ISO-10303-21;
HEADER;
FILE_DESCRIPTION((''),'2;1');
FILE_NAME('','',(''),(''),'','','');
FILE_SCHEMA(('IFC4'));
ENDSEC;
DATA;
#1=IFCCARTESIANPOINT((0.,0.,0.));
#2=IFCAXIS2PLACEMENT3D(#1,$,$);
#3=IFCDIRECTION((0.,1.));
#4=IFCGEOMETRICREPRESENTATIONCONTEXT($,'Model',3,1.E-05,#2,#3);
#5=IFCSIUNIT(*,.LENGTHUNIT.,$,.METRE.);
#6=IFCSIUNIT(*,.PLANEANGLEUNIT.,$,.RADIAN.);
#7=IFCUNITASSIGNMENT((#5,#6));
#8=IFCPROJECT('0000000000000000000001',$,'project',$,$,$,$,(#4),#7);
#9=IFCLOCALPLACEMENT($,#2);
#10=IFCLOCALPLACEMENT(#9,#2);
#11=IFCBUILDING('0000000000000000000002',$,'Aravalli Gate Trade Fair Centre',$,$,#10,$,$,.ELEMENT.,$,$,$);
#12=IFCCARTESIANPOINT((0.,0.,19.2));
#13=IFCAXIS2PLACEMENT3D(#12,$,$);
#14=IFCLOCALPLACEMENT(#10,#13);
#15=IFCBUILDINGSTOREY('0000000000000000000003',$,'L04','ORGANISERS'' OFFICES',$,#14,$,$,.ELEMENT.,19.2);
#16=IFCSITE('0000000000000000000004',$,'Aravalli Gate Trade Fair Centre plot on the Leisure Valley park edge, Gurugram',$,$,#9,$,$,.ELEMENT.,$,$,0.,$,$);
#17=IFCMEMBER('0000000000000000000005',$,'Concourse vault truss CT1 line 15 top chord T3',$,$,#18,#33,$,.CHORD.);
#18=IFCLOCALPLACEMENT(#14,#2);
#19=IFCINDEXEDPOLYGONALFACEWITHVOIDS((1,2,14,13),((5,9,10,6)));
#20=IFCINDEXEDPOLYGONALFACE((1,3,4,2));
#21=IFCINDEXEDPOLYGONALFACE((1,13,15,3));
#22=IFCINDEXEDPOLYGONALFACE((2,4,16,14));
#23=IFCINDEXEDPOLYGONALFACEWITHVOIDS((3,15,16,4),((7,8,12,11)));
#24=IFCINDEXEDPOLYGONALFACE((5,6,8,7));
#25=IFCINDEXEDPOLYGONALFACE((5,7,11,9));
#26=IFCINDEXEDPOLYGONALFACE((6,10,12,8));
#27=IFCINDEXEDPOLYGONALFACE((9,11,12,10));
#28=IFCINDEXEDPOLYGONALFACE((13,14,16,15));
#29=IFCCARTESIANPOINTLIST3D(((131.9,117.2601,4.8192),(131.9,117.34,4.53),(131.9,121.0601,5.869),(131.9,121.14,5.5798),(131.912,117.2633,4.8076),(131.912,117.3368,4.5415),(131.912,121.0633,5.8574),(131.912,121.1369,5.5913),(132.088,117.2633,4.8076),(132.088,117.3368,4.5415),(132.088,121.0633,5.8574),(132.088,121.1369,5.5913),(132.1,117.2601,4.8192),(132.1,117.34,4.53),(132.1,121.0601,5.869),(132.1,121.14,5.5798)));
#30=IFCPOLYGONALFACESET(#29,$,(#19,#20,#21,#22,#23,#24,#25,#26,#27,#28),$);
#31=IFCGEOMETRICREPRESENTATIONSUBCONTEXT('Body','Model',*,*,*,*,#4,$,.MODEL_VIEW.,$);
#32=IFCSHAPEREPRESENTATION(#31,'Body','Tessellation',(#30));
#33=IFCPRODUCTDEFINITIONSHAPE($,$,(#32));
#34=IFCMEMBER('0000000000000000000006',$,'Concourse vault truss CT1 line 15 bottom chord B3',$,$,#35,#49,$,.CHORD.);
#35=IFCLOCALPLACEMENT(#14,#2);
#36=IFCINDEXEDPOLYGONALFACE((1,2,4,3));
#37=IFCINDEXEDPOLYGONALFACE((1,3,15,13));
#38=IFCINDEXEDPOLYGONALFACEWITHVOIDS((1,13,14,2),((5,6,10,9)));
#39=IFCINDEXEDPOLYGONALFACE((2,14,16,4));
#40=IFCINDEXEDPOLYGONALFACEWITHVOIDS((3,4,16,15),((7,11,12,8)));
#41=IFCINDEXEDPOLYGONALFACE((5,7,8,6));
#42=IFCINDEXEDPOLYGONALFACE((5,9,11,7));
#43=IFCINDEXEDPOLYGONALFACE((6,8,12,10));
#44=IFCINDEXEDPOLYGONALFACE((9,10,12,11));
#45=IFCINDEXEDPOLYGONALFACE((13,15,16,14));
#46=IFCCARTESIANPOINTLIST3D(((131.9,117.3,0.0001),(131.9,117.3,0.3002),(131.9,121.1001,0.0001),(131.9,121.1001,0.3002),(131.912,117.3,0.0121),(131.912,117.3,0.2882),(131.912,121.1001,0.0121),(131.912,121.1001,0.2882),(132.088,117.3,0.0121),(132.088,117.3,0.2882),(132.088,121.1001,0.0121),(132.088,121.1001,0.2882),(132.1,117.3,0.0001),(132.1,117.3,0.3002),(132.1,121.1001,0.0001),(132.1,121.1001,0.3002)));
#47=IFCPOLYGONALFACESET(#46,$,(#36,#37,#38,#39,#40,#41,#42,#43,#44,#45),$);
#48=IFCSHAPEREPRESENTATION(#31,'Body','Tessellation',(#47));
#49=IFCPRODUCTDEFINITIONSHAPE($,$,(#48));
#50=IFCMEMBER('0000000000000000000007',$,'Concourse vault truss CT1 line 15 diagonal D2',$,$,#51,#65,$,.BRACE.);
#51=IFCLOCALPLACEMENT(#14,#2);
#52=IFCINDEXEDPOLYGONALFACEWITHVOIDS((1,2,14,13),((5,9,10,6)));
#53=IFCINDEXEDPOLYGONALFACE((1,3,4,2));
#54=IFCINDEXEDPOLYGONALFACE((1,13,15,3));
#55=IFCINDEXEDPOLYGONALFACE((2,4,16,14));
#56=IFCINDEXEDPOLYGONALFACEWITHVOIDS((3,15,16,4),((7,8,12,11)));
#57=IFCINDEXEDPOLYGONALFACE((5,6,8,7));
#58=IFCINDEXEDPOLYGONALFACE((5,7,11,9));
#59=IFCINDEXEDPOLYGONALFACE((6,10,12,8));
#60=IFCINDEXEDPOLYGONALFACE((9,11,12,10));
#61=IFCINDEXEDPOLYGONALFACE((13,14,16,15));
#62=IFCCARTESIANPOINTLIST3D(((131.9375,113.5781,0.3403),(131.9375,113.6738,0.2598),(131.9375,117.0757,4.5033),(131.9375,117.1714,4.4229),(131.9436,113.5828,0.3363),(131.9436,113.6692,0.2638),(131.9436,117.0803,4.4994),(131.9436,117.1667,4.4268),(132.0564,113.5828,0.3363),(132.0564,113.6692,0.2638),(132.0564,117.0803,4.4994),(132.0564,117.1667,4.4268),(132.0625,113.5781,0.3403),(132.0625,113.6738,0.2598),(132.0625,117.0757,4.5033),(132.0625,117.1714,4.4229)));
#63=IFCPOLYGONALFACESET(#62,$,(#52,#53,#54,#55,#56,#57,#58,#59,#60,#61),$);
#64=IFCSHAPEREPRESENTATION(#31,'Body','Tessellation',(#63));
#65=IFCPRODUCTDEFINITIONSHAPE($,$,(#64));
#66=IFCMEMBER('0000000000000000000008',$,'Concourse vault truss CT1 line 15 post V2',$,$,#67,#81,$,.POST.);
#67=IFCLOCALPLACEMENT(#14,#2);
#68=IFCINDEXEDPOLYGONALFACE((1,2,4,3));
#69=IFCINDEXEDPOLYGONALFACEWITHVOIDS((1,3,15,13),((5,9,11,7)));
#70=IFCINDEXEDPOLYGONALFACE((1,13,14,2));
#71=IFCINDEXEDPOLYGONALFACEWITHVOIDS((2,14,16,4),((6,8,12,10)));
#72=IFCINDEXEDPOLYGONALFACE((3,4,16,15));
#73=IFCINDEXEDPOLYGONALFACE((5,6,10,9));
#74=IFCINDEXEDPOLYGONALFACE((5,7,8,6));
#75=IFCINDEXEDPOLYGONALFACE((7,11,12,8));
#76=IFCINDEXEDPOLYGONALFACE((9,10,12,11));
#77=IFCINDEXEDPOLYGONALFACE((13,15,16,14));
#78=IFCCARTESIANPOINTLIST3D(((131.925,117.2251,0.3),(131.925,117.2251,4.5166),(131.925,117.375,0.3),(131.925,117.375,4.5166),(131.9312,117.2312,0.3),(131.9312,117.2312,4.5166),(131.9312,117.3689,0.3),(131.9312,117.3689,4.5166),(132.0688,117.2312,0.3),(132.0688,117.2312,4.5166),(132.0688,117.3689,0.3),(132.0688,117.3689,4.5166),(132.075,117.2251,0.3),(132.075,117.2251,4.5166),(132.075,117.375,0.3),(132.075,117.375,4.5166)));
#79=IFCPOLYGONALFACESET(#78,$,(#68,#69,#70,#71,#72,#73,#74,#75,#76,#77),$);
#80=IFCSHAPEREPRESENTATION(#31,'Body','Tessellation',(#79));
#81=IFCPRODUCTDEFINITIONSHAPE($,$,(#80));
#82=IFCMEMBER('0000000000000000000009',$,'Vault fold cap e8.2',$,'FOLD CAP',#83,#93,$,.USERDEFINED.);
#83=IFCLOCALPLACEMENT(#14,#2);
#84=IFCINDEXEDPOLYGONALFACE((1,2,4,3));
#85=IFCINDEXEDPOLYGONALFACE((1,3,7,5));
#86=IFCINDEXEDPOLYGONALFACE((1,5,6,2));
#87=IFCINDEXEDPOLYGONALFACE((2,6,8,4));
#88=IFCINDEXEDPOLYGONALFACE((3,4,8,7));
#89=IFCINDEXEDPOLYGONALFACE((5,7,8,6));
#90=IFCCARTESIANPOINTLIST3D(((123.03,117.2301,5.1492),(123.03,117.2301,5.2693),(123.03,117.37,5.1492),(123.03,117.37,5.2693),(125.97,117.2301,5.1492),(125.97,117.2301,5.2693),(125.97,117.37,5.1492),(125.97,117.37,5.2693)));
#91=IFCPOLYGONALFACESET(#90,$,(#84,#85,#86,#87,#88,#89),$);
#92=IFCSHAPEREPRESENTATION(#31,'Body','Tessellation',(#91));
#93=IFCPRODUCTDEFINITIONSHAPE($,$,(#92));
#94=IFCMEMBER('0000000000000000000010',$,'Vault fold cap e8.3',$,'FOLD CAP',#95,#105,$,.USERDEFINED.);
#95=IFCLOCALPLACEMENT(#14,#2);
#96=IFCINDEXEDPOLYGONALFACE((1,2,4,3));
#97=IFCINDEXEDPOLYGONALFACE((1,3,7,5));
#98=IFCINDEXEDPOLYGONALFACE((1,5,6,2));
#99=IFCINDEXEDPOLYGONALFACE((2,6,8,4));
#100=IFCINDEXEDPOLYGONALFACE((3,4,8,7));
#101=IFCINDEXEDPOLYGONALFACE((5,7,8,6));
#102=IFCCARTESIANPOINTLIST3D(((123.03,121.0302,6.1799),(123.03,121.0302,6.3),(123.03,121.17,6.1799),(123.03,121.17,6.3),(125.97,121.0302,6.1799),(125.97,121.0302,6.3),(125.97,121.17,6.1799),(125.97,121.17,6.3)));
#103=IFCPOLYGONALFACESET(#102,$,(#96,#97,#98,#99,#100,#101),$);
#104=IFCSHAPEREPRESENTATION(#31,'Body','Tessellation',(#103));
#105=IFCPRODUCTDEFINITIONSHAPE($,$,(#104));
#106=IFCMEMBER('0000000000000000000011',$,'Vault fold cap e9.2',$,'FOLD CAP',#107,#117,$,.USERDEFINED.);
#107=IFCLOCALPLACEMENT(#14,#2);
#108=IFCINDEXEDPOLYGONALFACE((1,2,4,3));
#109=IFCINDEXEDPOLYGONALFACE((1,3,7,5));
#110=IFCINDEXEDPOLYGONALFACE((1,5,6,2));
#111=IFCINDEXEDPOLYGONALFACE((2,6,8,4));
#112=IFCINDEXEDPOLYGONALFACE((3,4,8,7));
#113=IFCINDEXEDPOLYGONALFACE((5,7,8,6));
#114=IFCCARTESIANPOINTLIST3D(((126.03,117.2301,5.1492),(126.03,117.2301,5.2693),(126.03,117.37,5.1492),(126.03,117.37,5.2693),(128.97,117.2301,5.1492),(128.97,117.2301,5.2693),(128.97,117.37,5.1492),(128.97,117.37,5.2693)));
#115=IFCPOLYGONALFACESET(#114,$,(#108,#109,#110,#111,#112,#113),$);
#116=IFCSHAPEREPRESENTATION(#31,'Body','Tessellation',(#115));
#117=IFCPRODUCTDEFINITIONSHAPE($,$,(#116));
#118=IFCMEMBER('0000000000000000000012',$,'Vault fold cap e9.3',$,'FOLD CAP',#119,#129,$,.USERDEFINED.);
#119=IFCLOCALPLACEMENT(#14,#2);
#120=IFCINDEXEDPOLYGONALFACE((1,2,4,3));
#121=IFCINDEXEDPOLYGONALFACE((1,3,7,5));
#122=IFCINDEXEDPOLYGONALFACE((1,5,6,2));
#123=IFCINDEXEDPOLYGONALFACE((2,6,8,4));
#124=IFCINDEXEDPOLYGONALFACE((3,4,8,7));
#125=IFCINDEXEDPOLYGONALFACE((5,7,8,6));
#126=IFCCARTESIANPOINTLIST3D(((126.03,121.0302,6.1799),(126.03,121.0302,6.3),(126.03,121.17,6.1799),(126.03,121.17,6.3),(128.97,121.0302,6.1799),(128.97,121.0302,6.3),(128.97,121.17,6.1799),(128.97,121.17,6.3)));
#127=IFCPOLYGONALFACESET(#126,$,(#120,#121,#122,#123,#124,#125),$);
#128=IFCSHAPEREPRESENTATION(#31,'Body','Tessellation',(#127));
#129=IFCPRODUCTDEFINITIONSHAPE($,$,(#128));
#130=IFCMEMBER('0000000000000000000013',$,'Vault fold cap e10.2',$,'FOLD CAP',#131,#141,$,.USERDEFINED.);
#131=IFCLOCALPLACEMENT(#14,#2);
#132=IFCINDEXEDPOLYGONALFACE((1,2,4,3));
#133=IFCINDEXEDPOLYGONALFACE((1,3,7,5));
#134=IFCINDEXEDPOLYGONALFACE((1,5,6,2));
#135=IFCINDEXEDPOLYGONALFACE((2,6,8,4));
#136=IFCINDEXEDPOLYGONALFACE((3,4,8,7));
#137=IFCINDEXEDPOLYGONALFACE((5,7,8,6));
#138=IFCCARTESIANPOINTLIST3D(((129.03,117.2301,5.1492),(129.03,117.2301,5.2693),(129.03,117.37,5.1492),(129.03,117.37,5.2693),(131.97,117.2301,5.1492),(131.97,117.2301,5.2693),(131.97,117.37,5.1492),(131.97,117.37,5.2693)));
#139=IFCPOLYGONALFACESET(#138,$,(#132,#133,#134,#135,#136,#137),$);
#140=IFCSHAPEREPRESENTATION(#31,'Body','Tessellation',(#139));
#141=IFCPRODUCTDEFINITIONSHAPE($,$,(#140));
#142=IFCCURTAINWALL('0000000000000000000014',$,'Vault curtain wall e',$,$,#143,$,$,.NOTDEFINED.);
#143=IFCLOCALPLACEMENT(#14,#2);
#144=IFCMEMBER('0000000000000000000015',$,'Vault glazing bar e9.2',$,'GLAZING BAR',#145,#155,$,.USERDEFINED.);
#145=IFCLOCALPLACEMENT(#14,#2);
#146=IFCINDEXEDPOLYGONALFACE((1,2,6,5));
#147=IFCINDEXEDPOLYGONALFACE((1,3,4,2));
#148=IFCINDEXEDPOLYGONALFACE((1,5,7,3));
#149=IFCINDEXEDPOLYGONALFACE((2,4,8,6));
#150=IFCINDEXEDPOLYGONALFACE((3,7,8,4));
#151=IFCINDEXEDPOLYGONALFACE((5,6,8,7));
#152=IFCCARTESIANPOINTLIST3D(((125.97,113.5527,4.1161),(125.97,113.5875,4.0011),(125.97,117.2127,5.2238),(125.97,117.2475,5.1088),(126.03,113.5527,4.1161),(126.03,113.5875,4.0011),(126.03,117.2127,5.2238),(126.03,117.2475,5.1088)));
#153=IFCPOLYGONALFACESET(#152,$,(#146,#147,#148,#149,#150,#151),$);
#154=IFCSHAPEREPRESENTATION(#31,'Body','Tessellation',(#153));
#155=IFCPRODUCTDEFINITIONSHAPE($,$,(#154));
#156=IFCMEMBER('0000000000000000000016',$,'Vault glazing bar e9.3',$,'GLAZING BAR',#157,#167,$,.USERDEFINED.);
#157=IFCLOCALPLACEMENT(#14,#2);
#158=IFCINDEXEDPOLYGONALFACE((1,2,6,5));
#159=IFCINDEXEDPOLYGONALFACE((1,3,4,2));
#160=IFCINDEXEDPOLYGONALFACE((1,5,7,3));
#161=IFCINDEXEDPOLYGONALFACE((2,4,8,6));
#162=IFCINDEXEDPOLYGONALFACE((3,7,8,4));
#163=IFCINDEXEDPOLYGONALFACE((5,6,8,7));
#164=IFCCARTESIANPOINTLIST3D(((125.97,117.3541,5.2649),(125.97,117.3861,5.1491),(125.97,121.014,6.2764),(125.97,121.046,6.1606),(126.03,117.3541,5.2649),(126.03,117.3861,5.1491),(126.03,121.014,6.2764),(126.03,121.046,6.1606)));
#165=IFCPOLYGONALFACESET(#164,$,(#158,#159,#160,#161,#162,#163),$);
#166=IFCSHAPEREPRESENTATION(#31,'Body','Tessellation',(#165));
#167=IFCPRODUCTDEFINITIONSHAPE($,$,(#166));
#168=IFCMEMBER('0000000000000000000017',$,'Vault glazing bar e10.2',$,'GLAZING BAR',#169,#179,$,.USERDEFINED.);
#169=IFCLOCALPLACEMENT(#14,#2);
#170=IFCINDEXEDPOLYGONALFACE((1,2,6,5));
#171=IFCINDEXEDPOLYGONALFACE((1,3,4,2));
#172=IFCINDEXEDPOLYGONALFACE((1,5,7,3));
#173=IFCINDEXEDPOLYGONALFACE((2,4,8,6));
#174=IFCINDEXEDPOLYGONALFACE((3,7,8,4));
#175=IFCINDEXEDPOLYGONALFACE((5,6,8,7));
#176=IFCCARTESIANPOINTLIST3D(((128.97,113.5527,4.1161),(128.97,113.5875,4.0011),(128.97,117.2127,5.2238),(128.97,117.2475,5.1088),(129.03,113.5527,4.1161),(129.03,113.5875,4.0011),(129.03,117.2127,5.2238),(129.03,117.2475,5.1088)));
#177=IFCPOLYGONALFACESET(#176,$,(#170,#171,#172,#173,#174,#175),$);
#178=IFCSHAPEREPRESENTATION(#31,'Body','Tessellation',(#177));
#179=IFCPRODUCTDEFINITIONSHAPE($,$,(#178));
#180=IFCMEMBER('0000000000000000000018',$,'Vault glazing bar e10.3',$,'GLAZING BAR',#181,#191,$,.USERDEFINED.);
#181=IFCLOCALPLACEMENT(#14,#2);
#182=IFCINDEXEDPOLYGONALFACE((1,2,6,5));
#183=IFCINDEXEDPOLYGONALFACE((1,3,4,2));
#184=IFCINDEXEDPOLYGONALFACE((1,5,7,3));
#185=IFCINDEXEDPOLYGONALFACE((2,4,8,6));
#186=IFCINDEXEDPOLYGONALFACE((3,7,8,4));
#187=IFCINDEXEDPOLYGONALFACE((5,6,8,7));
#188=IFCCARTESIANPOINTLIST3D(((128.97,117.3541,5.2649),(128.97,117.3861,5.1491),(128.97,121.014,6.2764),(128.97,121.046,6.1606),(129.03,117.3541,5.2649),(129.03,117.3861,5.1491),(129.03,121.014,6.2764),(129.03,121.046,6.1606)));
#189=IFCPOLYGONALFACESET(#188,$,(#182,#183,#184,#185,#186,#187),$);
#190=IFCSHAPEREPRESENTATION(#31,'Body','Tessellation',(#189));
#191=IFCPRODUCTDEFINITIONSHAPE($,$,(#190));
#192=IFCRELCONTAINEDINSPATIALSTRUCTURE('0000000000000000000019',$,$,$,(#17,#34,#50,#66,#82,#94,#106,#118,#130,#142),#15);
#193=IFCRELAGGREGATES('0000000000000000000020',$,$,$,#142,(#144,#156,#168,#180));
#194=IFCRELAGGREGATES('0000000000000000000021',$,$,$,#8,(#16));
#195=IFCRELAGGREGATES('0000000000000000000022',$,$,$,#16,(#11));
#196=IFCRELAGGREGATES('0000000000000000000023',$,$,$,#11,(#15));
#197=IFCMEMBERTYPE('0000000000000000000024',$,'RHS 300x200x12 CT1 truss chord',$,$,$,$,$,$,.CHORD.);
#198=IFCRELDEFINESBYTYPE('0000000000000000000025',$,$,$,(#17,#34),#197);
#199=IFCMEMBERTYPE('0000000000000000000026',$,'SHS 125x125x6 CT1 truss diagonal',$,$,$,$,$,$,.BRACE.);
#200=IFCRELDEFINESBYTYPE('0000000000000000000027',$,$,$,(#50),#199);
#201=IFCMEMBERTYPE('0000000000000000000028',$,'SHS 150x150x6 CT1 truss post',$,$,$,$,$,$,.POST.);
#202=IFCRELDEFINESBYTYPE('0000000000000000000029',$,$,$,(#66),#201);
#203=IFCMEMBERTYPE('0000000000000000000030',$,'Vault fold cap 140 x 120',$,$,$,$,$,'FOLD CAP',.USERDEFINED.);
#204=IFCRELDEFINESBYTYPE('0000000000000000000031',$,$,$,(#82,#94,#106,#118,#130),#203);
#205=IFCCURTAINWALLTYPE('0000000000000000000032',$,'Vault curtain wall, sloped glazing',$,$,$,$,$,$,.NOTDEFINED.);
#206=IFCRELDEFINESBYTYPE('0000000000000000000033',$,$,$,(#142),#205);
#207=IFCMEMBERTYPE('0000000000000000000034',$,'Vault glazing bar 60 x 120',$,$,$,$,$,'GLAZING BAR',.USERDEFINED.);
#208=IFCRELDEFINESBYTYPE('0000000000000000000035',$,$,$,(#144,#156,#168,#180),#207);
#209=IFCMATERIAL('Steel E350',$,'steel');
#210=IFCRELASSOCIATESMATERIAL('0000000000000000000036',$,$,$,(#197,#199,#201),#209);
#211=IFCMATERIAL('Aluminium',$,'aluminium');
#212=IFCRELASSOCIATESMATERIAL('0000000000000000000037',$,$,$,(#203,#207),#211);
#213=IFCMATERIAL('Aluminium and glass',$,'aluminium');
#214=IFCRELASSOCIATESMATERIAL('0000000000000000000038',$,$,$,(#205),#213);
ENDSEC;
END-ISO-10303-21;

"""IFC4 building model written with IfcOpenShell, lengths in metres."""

from ifc_helpers import new_model, si_unit, direction, frame, origin, origin_2d, place, context, subcontext, project, spatial, rectangle, hollow_rectangle, extrude, material, material_profile, profile_set, type_object, element, aggregate, save


model = new_model("IFC4")

# Units and contexts
model_context = context("Model", 3, precision=1e-05, world=origin(), true_north=direction((0.0, 1.0)))
body_context = subcontext(model_context, "Body", "Model", "MODEL_VIEW")
ifc_project = project(units=[si_unit("LENGTHUNIT", "METRE"), si_unit("PLANEANGLEUNIT", "RADIAN")], contexts=[model_context])

# Site, building, storey
site_placement = place(None, origin())
site = spatial("IfcSite", under=ifc_project, at=site_placement, Name="Aravalli Gate Trade Fair Centre plot on the Leisure Valley park edge, Gurugram", CompositionType="ELEMENT", RefElevation=0.0)
building_placement = place(site_placement, origin())
building = spatial("IfcBuilding", under=site, at=building_placement, Name="Aravalli Gate Trade Fair Centre", CompositionType="ELEMENT")
storey_placement = place(building_placement, frame((0.0, 0.0, 19.2)))
storey = spatial("IfcBuildingStorey", under=building, at=storey_placement, Name="L04", Description="ORGANISERS' OFFICES", CompositionType="ELEMENT", Elevation=19.2)

# Members
ifc_material_1 = material(Name="Steel E350", Category="steel")
ifc_material_profile_1 = material_profile(ifc_material_1, hollow_rectangle(XDim=0.2, YDim=0.3, WallThickness=0.012, at=origin_2d()), Name="RHS 300x200x12")
ifc_profile_set_1 = profile_set([ifc_material_profile_1], Name="Steel E350")
member_type_1 = type_object("IfcMemberType", Name="RHS 300x200x12 CT1 truss chord", PredefinedType="CHORD", material=ifc_profile_set_1)
member_1_placement = place(storey_placement, frame((132.0, 117.3, 4.6746), z_axis=(0.0, 0.963894, 0.266286), x_axis=(-1.0, 0.0, 0.0)))
element("IfcMember", 1, at=member_1_placement, inside=storey, type_object=member_type_1, Name="Concourse vault truss CT1 line 15 top chord T3", PredefinedType="CHORD", context=body_context, shape_type="SweptSolid", body=[
    extrude(hollow_rectangle(XDim=0.2, YDim=0.3, WallThickness=0.012, at=origin_2d()), origin(), (0.0, 0.0, 1.0), 3.9424),
])
member_2_placement = place(storey_placement, frame((132.0, 117.3, 0.1501), z_axis=(0.0, 1.0, 0.0), x_axis=(-1.0, 0.0, 0.0)))
element("IfcMember", 2, at=member_2_placement, inside=storey, type_object=member_type_1, Name="Concourse vault truss CT1 line 15 bottom chord B3", PredefinedType="CHORD", context=body_context, shape_type="SweptSolid", body=[
    extrude(hollow_rectangle(XDim=0.2, YDim=0.3, WallThickness=0.012, at=origin_2d()), origin(), (0.0, 0.0, 1.0), 3.8),
])
ifc_material_profile_2 = material_profile(ifc_material_1, hollow_rectangle(XDim=0.125, YDim=0.125, WallThickness=0.0061, at=origin_2d()), Name="SHS 125x125x6")
ifc_profile_set_2 = profile_set([ifc_material_profile_2], Name="Steel E350")
member_type_2 = type_object("IfcMemberType", Name="SHS 125x125x6 CT1 truss diagonal", PredefinedType="BRACE", material=ifc_profile_set_2)
member_3_placement = place(storey_placement, frame((132.0, 113.626, 0.3), z_axis=(0.0, 0.643253, 0.765654), x_axis=(-1.0, 0.0, 0.0)))
element("IfcMember", 3, at=member_3_placement, inside=storey, type_object=member_type_2, Name="Concourse vault truss CT1 line 15 diagonal D2", PredefinedType="BRACE", context=body_context, shape_type="SweptSolid", body=[
    extrude(hollow_rectangle(XDim=0.125, YDim=0.125, WallThickness=0.0061, at=origin_2d()), origin(), (0.0, 0.0, 1.0), 5.4373),
])
ifc_material_profile_3 = material_profile(ifc_material_1, hollow_rectangle(XDim=0.1499, YDim=0.1499, WallThickness=0.0061, at=origin_2d()), Name="SHS 150x150x6")
ifc_profile_set_3 = profile_set([ifc_material_profile_3], Name="Steel E350")
member_type_3 = type_object("IfcMemberType", Name="SHS 150x150x6 CT1 truss post", PredefinedType="POST", material=ifc_profile_set_3)
member_4_placement = place(storey_placement, frame((132.0, 117.3, 0.3), z_axis=(0.0, 0.0, 1.0), x_axis=(1.0, 0.0, 0.0)))
element("IfcMember", 4, at=member_4_placement, inside=storey, type_object=member_type_3, Name="Concourse vault truss CT1 line 15 post V2", PredefinedType="POST", context=body_context, shape_type="SweptSolid", body=[
    extrude(hollow_rectangle(XDim=0.1499, YDim=0.1499, WallThickness=0.0061, at=origin_2d()), origin(), (0.0, 0.0, 1.0), 4.2166),
])
ifc_material_2 = material(Name="Aluminium", Category="aluminium")
ifc_material_profile_4 = material_profile(ifc_material_2, rectangle(XDim=0.1399, YDim=0.1201, at=origin_2d()), Name="Vault fold cap 140 x 120")
ifc_profile_set_4 = profile_set([ifc_material_profile_4], Name="Aluminium")
member_type_4 = type_object("IfcMemberType", Name="Vault fold cap 140 x 120", ElementType="FOLD CAP", PredefinedType="USERDEFINED", material=ifc_profile_set_4)
for number, where, z_axis, x_axis, name in (
    (5, (123.03, 117.3, 5.2092), (1.0, 0.0, 0.0), (0.0, 1.0, 0.0), "Vault fold cap e8.2"),
    (6, (123.03, 121.1001, 6.24), (1.0, 0.0, 0.0), (0.0, 1.0, 0.0), "Vault fold cap e8.3"),
    (7, (126.03, 117.3, 5.2092), (1.0, 0.0, 0.0), (0.0, 1.0, 0.0), "Vault fold cap e9.2"),
    (8, (126.03, 121.1001, 6.24), (1.0, 0.0, 0.0), (0.0, 1.0, 0.0), "Vault fold cap e9.3"),
    (9, (129.03, 117.3, 5.2092), (1.0, 0.0, 0.0), (0.0, 1.0, 0.0), "Vault fold cap e10.2"),
):
    element("IfcMember", number, at=place(storey_placement, frame(where, z_axis=z_axis, x_axis=x_axis)), inside=storey, type_object=member_type_4, Name=name, ObjectType="FOLD CAP", PredefinedType="USERDEFINED", context=body_context, shape_type="SweptSolid", body=[
        extrude(rectangle(XDim=0.1399, YDim=0.1201, at=origin_2d()), origin(), (0.0, 0.0, 1.0), 2.9399),
    ])

# Curtain wall, members
ifc_material_3 = material(Name="Aluminium and glass", Category="aluminium")
curtain_wall_type = type_object("IfcCurtainWallType", Name="Vault curtain wall, sloped glazing", PredefinedType="NOTDEFINED", material=ifc_material_3)
curtain_wall_placement = place(storey_placement, origin())
curtain_wall = element("IfcCurtainWall", 10, at=curtain_wall_placement, inside=storey, type_object=curtain_wall_type, Name="Vault curtain wall e", PredefinedType="NOTDEFINED")
ifc_material_profile_5 = material_profile(ifc_material_2, rectangle(XDim=0.0601, YDim=0.1201, at=origin_2d()), Name="Vault glazing bar 60 x 120")
ifc_profile_set_5 = profile_set([ifc_material_profile_5], Name="Aluminium")
member_type_5 = type_object("IfcMemberType", Name="Vault glazing bar 60 x 120", ElementType="GLAZING BAR", PredefinedType="USERDEFINED", material=ifc_profile_set_5)
member_5_placement = place(storey_placement, frame((126.0, 113.5701, 4.0586), z_axis=(0.0, 0.957126, 0.289672), x_axis=(-1.0, 0.0, 0.0)))
member_5 = element("IfcMember", 11, at=member_5_placement, type_object=member_type_5, Name="Vault glazing bar e9.2", ObjectType="GLAZING BAR", PredefinedType="USERDEFINED", context=body_context, shape_type="SweptSolid", body=[
    extrude(rectangle(XDim=0.0601, YDim=0.1201, at=origin_2d()), origin(), (0.0, 0.0, 1.0), 3.824),
])
member_6_placement = place(storey_placement, frame((126.0, 117.3701, 5.207), z_axis=(0.0, 0.963868, 0.26638), x_axis=(-1.0, 0.0, 0.0)))
member_6 = element("IfcMember", 12, at=member_6_placement, type_object=member_type_5, Name="Vault glazing bar e9.3", ObjectType="GLAZING BAR", PredefinedType="USERDEFINED", context=body_context, shape_type="SweptSolid", body=[
    extrude(rectangle(XDim=0.0601, YDim=0.1201, at=origin_2d()), origin(), (0.0, 0.0, 1.0), 3.7971),
])
member_7_placement = place(storey_placement, frame((129.0, 113.5701, 4.0586), z_axis=(0.0, 0.957126, 0.289672), x_axis=(-1.0, 0.0, 0.0)))
member_7 = element("IfcMember", 13, at=member_7_placement, type_object=member_type_5, Name="Vault glazing bar e10.2", ObjectType="GLAZING BAR", PredefinedType="USERDEFINED", context=body_context, shape_type="SweptSolid", body=[
    extrude(rectangle(XDim=0.0601, YDim=0.1201, at=origin_2d()), origin(), (0.0, 0.0, 1.0), 3.824),
])
member_8_placement = place(storey_placement, frame((129.0, 117.3701, 5.207), z_axis=(0.0, 0.963868, 0.26638), x_axis=(-1.0, 0.0, 0.0)))
member_8 = element("IfcMember", 14, at=member_8_placement, type_object=member_type_5, Name="Vault glazing bar e10.3", ObjectType="GLAZING BAR", PredefinedType="USERDEFINED", context=body_context, shape_type="SweptSolid", body=[
    extrude(rectangle(XDim=0.0601, YDim=0.1201, at=origin_2d()), origin(), (0.0, 0.0, 1.0), 3.7971),
])
aggregate(curtain_wall, [member_5, member_6, member_7, member_8])

save(model, "model.ifc")
